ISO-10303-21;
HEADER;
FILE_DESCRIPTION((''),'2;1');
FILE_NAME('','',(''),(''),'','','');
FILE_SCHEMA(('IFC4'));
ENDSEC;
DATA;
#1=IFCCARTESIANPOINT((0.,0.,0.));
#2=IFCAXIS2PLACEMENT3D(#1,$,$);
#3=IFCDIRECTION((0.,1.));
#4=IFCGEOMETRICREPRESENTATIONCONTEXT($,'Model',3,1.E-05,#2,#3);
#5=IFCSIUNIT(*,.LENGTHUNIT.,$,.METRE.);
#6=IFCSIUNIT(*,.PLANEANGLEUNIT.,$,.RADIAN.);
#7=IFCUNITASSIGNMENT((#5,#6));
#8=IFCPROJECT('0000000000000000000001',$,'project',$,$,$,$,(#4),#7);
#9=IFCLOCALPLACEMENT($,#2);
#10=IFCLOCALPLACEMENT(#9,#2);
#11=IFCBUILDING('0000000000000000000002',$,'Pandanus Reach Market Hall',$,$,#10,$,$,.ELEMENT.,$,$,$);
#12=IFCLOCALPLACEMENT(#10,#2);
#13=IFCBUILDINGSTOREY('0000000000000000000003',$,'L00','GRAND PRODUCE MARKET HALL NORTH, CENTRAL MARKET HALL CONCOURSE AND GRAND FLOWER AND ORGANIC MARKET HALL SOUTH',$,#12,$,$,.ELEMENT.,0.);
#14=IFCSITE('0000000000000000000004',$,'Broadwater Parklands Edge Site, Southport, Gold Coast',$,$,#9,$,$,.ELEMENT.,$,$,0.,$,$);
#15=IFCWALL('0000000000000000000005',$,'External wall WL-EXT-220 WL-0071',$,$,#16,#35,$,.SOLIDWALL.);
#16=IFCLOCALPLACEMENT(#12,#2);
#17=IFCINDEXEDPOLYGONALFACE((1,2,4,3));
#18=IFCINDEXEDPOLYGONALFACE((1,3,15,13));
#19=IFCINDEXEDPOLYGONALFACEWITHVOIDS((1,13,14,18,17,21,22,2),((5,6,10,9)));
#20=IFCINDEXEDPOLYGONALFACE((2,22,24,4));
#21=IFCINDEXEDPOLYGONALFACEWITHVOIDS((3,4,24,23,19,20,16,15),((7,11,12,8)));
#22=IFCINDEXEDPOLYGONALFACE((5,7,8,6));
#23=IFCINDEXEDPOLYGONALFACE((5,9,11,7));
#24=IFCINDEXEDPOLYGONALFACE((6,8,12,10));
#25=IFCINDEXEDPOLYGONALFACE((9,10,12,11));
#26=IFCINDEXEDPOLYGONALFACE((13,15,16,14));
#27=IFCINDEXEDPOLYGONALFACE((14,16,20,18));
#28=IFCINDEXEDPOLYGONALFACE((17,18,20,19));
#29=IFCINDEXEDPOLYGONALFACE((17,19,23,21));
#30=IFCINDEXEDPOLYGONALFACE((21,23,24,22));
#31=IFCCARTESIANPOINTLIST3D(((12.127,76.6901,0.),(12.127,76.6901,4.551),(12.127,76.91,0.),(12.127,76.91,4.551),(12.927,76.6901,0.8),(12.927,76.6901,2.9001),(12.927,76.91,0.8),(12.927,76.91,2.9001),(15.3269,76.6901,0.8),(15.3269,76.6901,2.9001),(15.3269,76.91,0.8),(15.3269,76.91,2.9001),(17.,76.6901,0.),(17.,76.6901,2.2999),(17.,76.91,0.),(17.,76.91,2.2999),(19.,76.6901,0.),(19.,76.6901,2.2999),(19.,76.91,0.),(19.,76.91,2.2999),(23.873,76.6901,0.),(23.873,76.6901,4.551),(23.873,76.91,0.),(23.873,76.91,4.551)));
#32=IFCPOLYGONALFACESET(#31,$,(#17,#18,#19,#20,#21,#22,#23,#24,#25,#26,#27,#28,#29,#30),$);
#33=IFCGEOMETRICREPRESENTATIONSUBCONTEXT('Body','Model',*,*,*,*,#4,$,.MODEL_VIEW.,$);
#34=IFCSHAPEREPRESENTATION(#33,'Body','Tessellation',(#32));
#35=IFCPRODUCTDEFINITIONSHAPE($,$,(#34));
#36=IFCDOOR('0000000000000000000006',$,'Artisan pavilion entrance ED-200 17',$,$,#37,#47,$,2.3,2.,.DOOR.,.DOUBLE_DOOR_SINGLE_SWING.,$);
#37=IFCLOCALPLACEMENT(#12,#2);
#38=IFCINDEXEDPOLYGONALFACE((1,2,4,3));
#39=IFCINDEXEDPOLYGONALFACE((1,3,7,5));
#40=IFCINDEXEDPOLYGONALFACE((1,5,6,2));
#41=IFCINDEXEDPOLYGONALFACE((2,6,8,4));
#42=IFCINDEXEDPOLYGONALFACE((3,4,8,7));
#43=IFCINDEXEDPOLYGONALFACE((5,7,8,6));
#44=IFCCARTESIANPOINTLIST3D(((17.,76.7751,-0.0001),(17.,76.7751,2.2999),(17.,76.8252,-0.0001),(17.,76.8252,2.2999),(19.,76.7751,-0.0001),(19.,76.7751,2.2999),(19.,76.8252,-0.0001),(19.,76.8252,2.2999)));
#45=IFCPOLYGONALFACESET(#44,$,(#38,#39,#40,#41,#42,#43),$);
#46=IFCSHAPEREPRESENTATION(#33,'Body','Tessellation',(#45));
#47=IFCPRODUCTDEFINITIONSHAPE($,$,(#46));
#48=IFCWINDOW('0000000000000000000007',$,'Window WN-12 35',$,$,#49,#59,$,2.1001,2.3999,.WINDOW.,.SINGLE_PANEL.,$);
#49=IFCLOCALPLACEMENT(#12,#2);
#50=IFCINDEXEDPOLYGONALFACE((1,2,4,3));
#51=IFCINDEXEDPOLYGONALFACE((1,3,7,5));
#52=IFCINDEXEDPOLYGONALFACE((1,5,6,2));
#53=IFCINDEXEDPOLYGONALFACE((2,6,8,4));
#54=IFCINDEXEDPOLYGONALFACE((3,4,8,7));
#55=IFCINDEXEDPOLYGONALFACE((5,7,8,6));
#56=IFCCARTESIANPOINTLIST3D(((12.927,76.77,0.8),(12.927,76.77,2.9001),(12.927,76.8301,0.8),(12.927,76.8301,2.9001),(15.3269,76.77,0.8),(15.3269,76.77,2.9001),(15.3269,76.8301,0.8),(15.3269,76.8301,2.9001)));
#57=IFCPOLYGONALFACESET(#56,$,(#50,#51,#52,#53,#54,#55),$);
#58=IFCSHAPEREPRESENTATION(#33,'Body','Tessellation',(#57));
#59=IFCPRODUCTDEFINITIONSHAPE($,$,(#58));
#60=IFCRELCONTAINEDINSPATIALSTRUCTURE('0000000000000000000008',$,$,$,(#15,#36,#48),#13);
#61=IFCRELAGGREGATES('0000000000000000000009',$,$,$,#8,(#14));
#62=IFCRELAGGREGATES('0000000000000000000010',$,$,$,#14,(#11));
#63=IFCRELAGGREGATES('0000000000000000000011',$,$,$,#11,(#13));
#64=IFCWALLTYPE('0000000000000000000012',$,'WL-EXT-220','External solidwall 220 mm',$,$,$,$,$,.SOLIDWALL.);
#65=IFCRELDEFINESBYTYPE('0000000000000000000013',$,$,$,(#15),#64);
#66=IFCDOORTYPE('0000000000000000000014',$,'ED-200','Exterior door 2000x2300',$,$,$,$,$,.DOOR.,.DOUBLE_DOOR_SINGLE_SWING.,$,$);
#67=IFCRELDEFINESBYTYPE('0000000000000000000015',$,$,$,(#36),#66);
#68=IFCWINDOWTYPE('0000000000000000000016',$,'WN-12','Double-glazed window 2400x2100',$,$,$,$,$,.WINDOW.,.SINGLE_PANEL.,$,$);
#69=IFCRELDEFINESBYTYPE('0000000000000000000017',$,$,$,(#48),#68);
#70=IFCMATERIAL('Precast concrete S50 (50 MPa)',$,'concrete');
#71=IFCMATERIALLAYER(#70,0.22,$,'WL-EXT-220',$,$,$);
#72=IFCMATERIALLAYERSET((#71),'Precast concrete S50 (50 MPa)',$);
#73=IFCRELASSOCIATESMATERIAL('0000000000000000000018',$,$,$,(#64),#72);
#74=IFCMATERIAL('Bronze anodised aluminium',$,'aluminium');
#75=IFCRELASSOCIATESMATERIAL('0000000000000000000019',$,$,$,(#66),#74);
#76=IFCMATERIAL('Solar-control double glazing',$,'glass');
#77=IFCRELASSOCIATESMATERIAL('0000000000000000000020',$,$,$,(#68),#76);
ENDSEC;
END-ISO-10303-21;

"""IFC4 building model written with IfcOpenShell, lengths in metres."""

from ifc_helpers import new_model, si_unit, direction, frame, frame_2d, origin, place, context, subcontext, project, spatial, rectangle, extrude, material, layer, layer_set, type_object, element, fill, save


model = new_model("IFC4")

# Units and contexts
model_context = context("Model", 3, precision=1e-05, world=origin(), true_north=direction((0.0, 1.0)))
body_context = subcontext(model_context, "Body", "Model", "MODEL_VIEW")
ifc_project = project(units=[si_unit("LENGTHUNIT", "METRE"), si_unit("PLANEANGLEUNIT", "RADIAN")], contexts=[model_context])

# Site, building, storey
site_placement = place(None, origin())
site = spatial("IfcSite", under=ifc_project, at=site_placement, Name="Broadwater Parklands Edge Site, Southport, Gold Coast", CompositionType="ELEMENT", RefElevation=0.0)
building_placement = place(site_placement, origin())
building = spatial("IfcBuilding", under=site, at=building_placement, Name="Pandanus Reach Market Hall", CompositionType="ELEMENT")
storey_placement = place(building_placement, origin())
storey = spatial("IfcBuildingStorey", under=building, at=storey_placement, Name="L00", Description="GRAND PRODUCE MARKET HALL NORTH, CENTRAL MARKET HALL CONCOURSE AND GRAND FLOWER AND ORGANIC MARKET HALL SOUTH", CompositionType="ELEMENT", Elevation=0.0)

# Shared definitions
ifc_material_1 = material(Name="Bronze anodised aluminium", Category="aluminium")

# Shared definitions
ifc_material_2 = material(Name="Precast concrete S50 (50 MPa)", Category="concrete")

# Wall, openings, door, window
ifc_layer_1 = layer(ifc_material_2, 0.22, Name="WL-EXT-220")
ifc_layer_set_1 = layer_set([ifc_layer_1], Name="Precast concrete S50 (50 MPa)")
wall_type_1 = type_object("IfcWallType", Name="WL-EXT-220", Description="External solidwall 220 mm", PredefinedType="SOLIDWALL", material=ifc_layer_set_1)
wall_1_placement = place(storey_placement, frame((12.127, 76.8, 0.0), z_axis=(0.0, 0.0, 1.0), x_axis=(1.0, 0.0, 0.0)))
wall_1 = element("IfcWall", 1, at=wall_1_placement, inside=storey, type_object=wall_type_1, Name="External wall WL-EXT-220 WL-0071", PredefinedType="SOLIDWALL", context=body_context, shape_type="SweptSolid", body=[
    extrude(rectangle(XDim=11.7461, YDim=0.22, at=frame_2d((5.873, 0.0))), origin(), (0.0, 0.0, 1.0), 4.551),
])
opening_1_placement = place(wall_1_placement, frame((4.873, 0.0, 0.0)))
opening_1 = element("IfcOpeningElement", 2, at=opening_1_placement, cuts=wall_1, PredefinedType="OPENING", context=body_context, shape_type="SweptSolid", body=[
    extrude(rectangle(XDim=2.0, YDim=2.3, at=frame_2d((1.0, 1.1499))), frame((0.0, 0.125, 0.0), z_axis=(0.0, -1.0, 0.0), x_axis=(1.0, 0.0, 0.0)), (0.0, 0.0, 1.0), 0.25),
])
opening_2_placement = place(wall_1_placement, frame((0.8, 0.0, 0.8)))
opening_2 = element("IfcOpeningElement", 3, at=opening_2_placement, cuts=wall_1, PredefinedType="OPENING", context=body_context, shape_type="SweptSolid", body=[
    extrude(rectangle(XDim=2.3999, YDim=2.1001, at=frame_2d((1.2, 1.05))), frame((0.0, 0.125, 0.0), z_axis=(0.0, -1.0, 0.0), x_axis=(1.0, 0.0, 0.0)), (0.0, 0.0, 1.0), 0.25),
])
door_type_1 = type_object("IfcDoorType", Name="ED-200", Description="Exterior door 2000x2300", OperationType="DOUBLE_DOOR_SINGLE_SWING", PredefinedType="DOOR", material=ifc_material_1)
door_1_placement = place(opening_1_placement, frame((2.0, 0.0, 0.0), z_axis=(0.0, 0.0, 1.0), x_axis=(-1.0, 0.0, 0.0)))
door_1 = element("IfcDoor", 4, at=door_1_placement, inside=storey, type_object=door_type_1, Name="Artisan pavilion entrance ED-200 17", OperationType="DOUBLE_DOOR_SINGLE_SWING", OverallHeight=2.3, OverallWidth=2.0, PredefinedType="DOOR", context=body_context, shape_type="SweptSolid", body=[
    extrude(rectangle(XDim=2.0, YDim=2.3, at=frame_2d((1.0, 1.1499))), frame((0.0, 0.0249, 0.0), z_axis=(0.0, -1.0, 0.0), x_axis=(1.0, 0.0, 0.0)), (0.0, 0.0, 1.0), 0.05),
])
fill(opening_1, door_1)
ifc_material_3 = material(Name="Solar-control double glazing", Category="glass")
window_type = type_object("IfcWindowType", Name="WN-12", Description="Double-glazed window 2400x2100", PartitioningType="SINGLE_PANEL", PredefinedType="WINDOW", material=ifc_material_3)
window_placement = place(opening_2_placement, origin())
window = element("IfcWindow", 5, at=window_placement, inside=storey, type_object=window_type, Name="Window WN-12 35", OverallHeight=2.1001, OverallWidth=2.3999, PartitioningType="SINGLE_PANEL", PredefinedType="WINDOW", context=body_context, shape_type="SweptSolid", body=[
    extrude(rectangle(XDim=2.3999, YDim=2.1001, at=frame_2d((1.2, 1.05))), frame((0.0, 0.03, 0.0), z_axis=(0.0, -1.0, 0.0), x_axis=(1.0, 0.0, 0.0)), (0.0, 0.0, 1.0), 0.0601),
])
fill(opening_2, window)

save(model, "model.ifc")
